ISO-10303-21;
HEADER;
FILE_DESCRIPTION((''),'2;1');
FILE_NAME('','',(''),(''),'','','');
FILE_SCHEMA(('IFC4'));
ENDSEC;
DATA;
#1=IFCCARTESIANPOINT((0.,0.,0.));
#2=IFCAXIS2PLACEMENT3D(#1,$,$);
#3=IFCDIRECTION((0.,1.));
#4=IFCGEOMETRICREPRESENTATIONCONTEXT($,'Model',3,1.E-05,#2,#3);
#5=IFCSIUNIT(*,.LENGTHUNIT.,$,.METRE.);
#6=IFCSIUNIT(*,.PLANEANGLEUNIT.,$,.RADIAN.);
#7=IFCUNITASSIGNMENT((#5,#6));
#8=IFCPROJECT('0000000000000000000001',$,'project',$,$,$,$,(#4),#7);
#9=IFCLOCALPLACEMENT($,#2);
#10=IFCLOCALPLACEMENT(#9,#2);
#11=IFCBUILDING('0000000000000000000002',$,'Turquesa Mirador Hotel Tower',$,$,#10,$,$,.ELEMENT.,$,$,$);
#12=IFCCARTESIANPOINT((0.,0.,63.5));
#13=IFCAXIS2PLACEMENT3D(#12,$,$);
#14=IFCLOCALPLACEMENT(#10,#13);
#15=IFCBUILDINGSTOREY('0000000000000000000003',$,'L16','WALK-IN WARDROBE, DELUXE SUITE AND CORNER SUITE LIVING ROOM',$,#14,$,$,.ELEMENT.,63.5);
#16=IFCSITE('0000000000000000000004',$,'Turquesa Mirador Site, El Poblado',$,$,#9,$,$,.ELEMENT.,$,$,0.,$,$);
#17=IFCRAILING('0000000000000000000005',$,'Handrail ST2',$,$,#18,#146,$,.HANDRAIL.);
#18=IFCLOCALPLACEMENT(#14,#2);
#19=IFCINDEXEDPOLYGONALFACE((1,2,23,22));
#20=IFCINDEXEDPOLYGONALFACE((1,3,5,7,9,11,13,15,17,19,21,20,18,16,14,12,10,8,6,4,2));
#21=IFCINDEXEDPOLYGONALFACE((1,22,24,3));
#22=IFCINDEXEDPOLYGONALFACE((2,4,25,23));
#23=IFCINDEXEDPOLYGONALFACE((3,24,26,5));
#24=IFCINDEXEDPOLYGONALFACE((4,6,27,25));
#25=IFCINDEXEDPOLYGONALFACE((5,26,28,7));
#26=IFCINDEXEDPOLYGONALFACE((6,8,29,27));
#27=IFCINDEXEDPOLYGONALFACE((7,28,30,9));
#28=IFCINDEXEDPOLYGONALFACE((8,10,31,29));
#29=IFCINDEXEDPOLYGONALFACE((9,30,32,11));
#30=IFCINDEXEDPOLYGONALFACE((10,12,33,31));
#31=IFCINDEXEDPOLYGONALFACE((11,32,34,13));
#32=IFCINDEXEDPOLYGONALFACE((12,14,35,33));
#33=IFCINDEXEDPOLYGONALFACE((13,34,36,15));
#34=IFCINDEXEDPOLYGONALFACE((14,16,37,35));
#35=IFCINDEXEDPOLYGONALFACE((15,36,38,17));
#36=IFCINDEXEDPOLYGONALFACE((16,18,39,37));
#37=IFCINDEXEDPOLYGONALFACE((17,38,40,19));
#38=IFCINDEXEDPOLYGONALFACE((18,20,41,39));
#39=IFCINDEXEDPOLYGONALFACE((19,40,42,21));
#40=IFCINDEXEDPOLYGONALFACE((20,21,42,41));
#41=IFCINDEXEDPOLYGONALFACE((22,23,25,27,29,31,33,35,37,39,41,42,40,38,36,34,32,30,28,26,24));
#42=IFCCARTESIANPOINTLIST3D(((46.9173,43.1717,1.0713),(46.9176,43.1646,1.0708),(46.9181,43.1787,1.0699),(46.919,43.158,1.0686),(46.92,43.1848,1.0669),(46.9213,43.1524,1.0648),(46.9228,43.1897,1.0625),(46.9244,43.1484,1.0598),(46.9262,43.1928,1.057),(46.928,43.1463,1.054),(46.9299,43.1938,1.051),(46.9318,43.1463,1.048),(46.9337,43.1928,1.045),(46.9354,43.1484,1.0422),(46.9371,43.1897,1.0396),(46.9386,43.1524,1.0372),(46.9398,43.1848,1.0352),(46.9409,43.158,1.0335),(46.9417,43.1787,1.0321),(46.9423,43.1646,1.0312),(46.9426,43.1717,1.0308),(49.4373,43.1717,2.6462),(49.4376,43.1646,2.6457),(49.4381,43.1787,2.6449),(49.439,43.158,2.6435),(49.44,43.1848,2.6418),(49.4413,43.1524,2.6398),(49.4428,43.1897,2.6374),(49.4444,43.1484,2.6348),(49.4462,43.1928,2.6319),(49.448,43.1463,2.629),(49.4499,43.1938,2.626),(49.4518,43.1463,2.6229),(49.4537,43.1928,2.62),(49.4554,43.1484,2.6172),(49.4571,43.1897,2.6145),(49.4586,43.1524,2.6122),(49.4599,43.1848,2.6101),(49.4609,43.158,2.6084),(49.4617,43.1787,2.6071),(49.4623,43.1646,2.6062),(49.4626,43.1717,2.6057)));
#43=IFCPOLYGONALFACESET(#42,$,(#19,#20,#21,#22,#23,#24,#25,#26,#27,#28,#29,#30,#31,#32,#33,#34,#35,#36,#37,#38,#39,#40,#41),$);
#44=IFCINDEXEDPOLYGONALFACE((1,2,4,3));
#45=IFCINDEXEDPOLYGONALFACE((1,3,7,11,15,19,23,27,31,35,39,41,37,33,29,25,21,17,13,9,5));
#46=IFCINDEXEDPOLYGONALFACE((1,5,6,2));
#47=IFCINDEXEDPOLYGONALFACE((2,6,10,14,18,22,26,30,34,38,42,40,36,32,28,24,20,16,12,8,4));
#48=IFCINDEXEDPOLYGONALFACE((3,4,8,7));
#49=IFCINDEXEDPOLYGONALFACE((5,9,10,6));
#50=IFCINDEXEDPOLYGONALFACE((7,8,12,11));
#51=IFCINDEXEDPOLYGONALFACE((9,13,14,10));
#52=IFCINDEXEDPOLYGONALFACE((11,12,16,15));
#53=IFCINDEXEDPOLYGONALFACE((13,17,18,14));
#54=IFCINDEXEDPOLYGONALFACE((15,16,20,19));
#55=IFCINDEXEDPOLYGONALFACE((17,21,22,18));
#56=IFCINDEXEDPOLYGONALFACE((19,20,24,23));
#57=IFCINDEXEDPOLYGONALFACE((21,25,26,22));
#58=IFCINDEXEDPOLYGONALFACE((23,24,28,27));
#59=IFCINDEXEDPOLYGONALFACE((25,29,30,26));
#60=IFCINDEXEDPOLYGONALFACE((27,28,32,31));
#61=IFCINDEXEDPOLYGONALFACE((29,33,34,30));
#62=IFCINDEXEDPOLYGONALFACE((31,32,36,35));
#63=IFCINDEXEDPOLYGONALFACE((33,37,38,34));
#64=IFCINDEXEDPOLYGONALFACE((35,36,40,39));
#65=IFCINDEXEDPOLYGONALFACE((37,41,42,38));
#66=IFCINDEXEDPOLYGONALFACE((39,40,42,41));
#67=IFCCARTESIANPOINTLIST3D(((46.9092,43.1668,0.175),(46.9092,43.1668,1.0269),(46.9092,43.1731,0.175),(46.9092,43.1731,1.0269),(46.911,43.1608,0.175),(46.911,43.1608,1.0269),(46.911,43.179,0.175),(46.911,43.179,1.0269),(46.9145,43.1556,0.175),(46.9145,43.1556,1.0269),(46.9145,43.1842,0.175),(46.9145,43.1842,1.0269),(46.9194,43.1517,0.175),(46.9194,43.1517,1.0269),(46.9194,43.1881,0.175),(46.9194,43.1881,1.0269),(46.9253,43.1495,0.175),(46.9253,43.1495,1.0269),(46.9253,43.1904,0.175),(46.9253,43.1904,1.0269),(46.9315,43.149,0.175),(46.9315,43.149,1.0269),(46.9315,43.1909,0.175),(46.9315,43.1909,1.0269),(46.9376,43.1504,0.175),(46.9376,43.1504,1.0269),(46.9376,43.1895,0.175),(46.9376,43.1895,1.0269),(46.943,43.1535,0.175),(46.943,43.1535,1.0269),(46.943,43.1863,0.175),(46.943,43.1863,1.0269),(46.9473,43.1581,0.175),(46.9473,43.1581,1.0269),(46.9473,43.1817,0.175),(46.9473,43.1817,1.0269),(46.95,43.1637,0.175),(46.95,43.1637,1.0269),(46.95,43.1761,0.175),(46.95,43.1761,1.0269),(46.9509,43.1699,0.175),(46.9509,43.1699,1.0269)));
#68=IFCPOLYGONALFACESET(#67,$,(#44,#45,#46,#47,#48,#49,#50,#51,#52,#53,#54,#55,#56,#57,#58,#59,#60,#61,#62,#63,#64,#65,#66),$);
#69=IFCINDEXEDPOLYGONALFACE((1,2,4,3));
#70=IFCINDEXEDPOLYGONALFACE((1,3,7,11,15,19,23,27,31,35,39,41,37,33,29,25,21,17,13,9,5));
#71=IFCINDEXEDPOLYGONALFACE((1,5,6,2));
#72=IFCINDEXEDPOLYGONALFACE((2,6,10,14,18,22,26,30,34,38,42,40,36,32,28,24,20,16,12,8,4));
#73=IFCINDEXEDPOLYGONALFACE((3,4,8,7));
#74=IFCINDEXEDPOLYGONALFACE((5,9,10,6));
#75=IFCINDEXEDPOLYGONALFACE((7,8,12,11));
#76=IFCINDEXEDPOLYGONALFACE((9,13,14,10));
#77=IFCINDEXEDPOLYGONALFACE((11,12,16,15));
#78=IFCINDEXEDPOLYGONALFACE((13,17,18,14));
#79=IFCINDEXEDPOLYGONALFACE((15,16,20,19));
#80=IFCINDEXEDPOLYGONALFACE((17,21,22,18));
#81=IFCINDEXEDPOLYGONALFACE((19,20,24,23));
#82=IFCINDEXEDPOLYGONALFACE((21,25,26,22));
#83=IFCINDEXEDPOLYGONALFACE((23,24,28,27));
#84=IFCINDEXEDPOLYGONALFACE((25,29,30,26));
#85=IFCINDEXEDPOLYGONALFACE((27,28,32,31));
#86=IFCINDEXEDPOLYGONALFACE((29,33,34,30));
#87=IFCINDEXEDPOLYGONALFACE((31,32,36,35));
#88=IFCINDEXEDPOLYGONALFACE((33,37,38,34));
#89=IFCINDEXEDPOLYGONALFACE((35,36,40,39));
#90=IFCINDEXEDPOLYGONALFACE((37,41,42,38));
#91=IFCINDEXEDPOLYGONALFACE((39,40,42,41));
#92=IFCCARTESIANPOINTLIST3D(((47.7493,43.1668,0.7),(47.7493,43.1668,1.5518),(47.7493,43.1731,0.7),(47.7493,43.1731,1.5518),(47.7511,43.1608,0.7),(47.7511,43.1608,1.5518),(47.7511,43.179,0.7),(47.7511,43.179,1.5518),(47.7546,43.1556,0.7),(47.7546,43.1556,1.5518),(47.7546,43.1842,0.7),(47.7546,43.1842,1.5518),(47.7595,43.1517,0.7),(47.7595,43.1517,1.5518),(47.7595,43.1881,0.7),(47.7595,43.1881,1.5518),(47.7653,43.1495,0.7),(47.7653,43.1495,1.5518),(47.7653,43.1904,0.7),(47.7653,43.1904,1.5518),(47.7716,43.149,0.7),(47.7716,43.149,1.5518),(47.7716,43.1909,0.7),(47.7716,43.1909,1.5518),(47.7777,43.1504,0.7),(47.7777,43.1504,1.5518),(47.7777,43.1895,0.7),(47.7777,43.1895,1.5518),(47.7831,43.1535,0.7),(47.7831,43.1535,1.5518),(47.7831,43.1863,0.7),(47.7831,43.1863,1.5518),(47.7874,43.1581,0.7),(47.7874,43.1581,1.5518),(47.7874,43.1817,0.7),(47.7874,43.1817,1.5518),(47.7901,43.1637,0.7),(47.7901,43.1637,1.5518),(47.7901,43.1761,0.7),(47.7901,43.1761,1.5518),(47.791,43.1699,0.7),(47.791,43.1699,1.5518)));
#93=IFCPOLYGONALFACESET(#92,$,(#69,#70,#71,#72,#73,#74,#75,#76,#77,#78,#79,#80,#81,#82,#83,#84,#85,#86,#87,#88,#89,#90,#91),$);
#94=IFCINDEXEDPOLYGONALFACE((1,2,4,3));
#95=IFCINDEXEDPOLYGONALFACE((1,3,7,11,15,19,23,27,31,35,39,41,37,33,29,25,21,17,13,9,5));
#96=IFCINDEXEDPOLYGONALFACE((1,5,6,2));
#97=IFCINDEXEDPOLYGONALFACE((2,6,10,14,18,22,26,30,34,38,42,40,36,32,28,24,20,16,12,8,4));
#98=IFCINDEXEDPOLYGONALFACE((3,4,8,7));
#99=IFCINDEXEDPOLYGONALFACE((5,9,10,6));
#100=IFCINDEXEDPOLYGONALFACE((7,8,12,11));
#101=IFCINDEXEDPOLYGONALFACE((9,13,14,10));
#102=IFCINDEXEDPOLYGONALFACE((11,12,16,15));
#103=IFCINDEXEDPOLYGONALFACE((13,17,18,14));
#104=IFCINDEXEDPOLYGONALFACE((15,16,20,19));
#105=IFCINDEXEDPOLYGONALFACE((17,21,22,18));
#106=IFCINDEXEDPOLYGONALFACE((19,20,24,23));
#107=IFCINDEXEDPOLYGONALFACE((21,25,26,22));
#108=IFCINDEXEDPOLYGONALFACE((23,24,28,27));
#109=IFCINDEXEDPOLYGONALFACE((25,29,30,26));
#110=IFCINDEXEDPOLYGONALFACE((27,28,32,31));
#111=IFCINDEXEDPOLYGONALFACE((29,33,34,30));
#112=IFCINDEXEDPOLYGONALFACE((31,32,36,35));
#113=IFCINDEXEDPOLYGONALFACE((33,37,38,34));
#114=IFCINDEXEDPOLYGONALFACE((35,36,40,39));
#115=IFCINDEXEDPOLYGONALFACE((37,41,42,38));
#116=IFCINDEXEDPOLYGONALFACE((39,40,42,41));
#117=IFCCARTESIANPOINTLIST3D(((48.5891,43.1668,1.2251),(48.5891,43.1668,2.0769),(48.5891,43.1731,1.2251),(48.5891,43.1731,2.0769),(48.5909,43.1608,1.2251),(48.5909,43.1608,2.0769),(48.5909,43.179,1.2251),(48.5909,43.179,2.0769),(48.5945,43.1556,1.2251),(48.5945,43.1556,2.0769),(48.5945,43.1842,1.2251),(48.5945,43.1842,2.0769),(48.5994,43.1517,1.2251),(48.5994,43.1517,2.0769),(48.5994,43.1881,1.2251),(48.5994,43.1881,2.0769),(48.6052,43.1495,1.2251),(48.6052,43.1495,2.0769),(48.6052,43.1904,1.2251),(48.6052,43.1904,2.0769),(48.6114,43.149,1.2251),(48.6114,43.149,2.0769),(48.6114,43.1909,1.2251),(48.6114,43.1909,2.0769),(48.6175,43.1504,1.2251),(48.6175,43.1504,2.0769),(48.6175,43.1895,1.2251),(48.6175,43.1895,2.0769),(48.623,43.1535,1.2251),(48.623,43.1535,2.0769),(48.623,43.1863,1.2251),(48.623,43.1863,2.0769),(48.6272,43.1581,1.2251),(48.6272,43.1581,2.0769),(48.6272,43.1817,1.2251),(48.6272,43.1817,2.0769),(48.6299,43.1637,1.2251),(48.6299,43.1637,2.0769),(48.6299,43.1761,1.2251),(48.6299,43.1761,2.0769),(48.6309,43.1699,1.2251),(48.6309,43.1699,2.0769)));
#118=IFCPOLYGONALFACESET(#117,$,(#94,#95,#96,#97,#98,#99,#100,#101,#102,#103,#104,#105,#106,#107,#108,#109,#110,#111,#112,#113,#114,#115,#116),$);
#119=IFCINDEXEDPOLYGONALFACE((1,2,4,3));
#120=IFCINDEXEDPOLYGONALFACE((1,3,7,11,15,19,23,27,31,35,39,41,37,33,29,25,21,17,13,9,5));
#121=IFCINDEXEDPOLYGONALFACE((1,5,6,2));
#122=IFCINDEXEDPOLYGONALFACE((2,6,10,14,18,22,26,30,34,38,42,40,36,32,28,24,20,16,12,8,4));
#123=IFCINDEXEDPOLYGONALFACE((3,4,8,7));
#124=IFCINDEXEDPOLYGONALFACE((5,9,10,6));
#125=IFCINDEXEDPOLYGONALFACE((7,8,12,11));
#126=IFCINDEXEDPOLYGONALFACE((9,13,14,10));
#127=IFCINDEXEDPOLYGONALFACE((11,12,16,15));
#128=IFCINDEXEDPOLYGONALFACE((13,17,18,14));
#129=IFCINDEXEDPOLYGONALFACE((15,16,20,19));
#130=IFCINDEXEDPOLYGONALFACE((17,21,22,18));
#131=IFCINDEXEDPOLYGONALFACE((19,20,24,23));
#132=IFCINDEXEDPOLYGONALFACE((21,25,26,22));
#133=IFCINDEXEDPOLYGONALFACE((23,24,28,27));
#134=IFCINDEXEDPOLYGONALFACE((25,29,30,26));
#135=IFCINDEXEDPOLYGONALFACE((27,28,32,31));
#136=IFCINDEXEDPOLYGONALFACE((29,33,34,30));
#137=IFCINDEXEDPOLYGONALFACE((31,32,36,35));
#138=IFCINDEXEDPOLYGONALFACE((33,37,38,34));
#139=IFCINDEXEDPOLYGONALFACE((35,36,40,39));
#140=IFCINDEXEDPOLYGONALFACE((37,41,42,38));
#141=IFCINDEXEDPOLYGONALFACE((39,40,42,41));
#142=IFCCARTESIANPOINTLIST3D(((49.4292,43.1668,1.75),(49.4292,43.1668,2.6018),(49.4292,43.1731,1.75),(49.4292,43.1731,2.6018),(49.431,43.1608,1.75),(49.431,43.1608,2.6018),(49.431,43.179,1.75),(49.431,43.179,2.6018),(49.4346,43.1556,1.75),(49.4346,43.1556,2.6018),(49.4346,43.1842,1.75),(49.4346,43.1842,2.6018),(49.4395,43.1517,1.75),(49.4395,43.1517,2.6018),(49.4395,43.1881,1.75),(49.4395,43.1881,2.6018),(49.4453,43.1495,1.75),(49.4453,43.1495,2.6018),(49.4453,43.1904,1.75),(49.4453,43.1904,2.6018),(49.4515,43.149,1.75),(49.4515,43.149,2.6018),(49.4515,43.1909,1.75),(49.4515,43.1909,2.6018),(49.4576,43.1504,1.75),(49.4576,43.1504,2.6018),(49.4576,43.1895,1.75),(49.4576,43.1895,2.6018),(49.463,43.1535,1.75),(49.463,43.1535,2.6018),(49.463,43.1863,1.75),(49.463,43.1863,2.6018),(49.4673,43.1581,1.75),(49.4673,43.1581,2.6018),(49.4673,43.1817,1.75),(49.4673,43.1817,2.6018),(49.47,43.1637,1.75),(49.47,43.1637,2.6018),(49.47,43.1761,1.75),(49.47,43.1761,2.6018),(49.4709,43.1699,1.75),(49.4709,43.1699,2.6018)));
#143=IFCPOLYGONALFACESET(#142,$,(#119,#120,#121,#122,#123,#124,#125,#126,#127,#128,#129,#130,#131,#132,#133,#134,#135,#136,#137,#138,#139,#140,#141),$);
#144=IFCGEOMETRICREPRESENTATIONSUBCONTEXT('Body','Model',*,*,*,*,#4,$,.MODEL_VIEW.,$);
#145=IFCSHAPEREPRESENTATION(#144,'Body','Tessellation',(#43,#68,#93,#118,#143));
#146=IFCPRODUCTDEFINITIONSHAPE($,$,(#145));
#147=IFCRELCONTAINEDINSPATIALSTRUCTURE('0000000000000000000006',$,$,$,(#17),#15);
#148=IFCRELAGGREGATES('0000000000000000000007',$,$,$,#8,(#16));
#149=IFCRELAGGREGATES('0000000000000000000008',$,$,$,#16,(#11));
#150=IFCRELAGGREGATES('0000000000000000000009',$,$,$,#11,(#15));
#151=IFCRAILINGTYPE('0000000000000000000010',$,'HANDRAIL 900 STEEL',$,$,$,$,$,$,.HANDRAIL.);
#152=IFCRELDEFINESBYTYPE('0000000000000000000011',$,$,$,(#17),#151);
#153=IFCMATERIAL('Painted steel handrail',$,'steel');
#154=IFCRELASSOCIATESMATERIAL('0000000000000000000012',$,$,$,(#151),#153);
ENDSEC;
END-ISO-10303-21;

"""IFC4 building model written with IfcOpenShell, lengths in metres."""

from ifc_helpers import new_model, si_unit, direction, frame, origin, origin_2d, place, context, subcontext, project, spatial, circle, extrude, material, type_object, element, save


model = new_model("IFC4")

# Units and contexts
model_context = context("Model", 3, precision=1e-05, world=origin(), true_north=direction((0.0, 1.0)))
body_context = subcontext(model_context, "Body", "Model", "MODEL_VIEW")
ifc_project = project(units=[si_unit("LENGTHUNIT", "METRE"), si_unit("PLANEANGLEUNIT", "RADIAN")], contexts=[model_context])

# Site, building, storey
site_placement = place(None, origin())
site = spatial("IfcSite", under=ifc_project, at=site_placement, Name="Turquesa Mirador Site, El Poblado", CompositionType="ELEMENT", RefElevation=0.0)
building_placement = place(site_placement, origin())
building = spatial("IfcBuilding", under=site, at=building_placement, Name="Turquesa Mirador Hotel Tower", CompositionType="ELEMENT")
storey_placement = place(building_placement, frame((0.0, 0.0, 63.5)))
storey = spatial("IfcBuildingStorey", under=building, at=storey_placement, Name="L16", Description="WALK-IN WARDROBE, DELUXE SUITE AND CORNER SUITE LIVING ROOM", CompositionType="ELEMENT", Elevation=63.5)

# Railing
ifc_material_1 = material(Name="Painted steel handrail", Category="steel")
railing_type = type_object("IfcRailingType", Name="HANDRAIL 900 STEEL", PredefinedType="HANDRAIL", material=ifc_material_1)
for number, where, name in (
    (1, (46.9299, 43.1699, 0.175), "Handrail ST2"),
):
    element("IfcRailing", number, at=place(storey_placement, frame(where)), inside=storey, type_object=railing_type, Name=name, PredefinedType="HANDRAIL", context=body_context, shape_type="SweptSolid", body=[
        extrude(circle(Radius=0.0239, at=origin_2d()), frame((0.0, 0.0, 0.876), z_axis=(0.848008, 0.0, 0.529984), x_axis=(0.0, 1.0, 0.0)), (0.0, 0.0, 1.0), 2.9717),
        extrude(circle(Radius=0.021, at=origin_2d()), origin(), (0.0, 0.0, 1.0), 0.8518),
        extrude(circle(Radius=0.021, at=origin_2d()), frame((0.8401, 0.0, 0.5249)), (0.0, 0.0, 1.0), 0.8518),
        extrude(circle(Radius=0.021, at=origin_2d()), frame((1.6799, 0.0, 1.05)), (0.0, 0.0, 1.0), 0.8518),
        extrude(circle(Radius=0.021, at=origin_2d()), frame((2.52, 0.0, 1.575)), (0.0, 0.0, 1.0), 0.8518),
    ])

save(model, "model.ifc")
